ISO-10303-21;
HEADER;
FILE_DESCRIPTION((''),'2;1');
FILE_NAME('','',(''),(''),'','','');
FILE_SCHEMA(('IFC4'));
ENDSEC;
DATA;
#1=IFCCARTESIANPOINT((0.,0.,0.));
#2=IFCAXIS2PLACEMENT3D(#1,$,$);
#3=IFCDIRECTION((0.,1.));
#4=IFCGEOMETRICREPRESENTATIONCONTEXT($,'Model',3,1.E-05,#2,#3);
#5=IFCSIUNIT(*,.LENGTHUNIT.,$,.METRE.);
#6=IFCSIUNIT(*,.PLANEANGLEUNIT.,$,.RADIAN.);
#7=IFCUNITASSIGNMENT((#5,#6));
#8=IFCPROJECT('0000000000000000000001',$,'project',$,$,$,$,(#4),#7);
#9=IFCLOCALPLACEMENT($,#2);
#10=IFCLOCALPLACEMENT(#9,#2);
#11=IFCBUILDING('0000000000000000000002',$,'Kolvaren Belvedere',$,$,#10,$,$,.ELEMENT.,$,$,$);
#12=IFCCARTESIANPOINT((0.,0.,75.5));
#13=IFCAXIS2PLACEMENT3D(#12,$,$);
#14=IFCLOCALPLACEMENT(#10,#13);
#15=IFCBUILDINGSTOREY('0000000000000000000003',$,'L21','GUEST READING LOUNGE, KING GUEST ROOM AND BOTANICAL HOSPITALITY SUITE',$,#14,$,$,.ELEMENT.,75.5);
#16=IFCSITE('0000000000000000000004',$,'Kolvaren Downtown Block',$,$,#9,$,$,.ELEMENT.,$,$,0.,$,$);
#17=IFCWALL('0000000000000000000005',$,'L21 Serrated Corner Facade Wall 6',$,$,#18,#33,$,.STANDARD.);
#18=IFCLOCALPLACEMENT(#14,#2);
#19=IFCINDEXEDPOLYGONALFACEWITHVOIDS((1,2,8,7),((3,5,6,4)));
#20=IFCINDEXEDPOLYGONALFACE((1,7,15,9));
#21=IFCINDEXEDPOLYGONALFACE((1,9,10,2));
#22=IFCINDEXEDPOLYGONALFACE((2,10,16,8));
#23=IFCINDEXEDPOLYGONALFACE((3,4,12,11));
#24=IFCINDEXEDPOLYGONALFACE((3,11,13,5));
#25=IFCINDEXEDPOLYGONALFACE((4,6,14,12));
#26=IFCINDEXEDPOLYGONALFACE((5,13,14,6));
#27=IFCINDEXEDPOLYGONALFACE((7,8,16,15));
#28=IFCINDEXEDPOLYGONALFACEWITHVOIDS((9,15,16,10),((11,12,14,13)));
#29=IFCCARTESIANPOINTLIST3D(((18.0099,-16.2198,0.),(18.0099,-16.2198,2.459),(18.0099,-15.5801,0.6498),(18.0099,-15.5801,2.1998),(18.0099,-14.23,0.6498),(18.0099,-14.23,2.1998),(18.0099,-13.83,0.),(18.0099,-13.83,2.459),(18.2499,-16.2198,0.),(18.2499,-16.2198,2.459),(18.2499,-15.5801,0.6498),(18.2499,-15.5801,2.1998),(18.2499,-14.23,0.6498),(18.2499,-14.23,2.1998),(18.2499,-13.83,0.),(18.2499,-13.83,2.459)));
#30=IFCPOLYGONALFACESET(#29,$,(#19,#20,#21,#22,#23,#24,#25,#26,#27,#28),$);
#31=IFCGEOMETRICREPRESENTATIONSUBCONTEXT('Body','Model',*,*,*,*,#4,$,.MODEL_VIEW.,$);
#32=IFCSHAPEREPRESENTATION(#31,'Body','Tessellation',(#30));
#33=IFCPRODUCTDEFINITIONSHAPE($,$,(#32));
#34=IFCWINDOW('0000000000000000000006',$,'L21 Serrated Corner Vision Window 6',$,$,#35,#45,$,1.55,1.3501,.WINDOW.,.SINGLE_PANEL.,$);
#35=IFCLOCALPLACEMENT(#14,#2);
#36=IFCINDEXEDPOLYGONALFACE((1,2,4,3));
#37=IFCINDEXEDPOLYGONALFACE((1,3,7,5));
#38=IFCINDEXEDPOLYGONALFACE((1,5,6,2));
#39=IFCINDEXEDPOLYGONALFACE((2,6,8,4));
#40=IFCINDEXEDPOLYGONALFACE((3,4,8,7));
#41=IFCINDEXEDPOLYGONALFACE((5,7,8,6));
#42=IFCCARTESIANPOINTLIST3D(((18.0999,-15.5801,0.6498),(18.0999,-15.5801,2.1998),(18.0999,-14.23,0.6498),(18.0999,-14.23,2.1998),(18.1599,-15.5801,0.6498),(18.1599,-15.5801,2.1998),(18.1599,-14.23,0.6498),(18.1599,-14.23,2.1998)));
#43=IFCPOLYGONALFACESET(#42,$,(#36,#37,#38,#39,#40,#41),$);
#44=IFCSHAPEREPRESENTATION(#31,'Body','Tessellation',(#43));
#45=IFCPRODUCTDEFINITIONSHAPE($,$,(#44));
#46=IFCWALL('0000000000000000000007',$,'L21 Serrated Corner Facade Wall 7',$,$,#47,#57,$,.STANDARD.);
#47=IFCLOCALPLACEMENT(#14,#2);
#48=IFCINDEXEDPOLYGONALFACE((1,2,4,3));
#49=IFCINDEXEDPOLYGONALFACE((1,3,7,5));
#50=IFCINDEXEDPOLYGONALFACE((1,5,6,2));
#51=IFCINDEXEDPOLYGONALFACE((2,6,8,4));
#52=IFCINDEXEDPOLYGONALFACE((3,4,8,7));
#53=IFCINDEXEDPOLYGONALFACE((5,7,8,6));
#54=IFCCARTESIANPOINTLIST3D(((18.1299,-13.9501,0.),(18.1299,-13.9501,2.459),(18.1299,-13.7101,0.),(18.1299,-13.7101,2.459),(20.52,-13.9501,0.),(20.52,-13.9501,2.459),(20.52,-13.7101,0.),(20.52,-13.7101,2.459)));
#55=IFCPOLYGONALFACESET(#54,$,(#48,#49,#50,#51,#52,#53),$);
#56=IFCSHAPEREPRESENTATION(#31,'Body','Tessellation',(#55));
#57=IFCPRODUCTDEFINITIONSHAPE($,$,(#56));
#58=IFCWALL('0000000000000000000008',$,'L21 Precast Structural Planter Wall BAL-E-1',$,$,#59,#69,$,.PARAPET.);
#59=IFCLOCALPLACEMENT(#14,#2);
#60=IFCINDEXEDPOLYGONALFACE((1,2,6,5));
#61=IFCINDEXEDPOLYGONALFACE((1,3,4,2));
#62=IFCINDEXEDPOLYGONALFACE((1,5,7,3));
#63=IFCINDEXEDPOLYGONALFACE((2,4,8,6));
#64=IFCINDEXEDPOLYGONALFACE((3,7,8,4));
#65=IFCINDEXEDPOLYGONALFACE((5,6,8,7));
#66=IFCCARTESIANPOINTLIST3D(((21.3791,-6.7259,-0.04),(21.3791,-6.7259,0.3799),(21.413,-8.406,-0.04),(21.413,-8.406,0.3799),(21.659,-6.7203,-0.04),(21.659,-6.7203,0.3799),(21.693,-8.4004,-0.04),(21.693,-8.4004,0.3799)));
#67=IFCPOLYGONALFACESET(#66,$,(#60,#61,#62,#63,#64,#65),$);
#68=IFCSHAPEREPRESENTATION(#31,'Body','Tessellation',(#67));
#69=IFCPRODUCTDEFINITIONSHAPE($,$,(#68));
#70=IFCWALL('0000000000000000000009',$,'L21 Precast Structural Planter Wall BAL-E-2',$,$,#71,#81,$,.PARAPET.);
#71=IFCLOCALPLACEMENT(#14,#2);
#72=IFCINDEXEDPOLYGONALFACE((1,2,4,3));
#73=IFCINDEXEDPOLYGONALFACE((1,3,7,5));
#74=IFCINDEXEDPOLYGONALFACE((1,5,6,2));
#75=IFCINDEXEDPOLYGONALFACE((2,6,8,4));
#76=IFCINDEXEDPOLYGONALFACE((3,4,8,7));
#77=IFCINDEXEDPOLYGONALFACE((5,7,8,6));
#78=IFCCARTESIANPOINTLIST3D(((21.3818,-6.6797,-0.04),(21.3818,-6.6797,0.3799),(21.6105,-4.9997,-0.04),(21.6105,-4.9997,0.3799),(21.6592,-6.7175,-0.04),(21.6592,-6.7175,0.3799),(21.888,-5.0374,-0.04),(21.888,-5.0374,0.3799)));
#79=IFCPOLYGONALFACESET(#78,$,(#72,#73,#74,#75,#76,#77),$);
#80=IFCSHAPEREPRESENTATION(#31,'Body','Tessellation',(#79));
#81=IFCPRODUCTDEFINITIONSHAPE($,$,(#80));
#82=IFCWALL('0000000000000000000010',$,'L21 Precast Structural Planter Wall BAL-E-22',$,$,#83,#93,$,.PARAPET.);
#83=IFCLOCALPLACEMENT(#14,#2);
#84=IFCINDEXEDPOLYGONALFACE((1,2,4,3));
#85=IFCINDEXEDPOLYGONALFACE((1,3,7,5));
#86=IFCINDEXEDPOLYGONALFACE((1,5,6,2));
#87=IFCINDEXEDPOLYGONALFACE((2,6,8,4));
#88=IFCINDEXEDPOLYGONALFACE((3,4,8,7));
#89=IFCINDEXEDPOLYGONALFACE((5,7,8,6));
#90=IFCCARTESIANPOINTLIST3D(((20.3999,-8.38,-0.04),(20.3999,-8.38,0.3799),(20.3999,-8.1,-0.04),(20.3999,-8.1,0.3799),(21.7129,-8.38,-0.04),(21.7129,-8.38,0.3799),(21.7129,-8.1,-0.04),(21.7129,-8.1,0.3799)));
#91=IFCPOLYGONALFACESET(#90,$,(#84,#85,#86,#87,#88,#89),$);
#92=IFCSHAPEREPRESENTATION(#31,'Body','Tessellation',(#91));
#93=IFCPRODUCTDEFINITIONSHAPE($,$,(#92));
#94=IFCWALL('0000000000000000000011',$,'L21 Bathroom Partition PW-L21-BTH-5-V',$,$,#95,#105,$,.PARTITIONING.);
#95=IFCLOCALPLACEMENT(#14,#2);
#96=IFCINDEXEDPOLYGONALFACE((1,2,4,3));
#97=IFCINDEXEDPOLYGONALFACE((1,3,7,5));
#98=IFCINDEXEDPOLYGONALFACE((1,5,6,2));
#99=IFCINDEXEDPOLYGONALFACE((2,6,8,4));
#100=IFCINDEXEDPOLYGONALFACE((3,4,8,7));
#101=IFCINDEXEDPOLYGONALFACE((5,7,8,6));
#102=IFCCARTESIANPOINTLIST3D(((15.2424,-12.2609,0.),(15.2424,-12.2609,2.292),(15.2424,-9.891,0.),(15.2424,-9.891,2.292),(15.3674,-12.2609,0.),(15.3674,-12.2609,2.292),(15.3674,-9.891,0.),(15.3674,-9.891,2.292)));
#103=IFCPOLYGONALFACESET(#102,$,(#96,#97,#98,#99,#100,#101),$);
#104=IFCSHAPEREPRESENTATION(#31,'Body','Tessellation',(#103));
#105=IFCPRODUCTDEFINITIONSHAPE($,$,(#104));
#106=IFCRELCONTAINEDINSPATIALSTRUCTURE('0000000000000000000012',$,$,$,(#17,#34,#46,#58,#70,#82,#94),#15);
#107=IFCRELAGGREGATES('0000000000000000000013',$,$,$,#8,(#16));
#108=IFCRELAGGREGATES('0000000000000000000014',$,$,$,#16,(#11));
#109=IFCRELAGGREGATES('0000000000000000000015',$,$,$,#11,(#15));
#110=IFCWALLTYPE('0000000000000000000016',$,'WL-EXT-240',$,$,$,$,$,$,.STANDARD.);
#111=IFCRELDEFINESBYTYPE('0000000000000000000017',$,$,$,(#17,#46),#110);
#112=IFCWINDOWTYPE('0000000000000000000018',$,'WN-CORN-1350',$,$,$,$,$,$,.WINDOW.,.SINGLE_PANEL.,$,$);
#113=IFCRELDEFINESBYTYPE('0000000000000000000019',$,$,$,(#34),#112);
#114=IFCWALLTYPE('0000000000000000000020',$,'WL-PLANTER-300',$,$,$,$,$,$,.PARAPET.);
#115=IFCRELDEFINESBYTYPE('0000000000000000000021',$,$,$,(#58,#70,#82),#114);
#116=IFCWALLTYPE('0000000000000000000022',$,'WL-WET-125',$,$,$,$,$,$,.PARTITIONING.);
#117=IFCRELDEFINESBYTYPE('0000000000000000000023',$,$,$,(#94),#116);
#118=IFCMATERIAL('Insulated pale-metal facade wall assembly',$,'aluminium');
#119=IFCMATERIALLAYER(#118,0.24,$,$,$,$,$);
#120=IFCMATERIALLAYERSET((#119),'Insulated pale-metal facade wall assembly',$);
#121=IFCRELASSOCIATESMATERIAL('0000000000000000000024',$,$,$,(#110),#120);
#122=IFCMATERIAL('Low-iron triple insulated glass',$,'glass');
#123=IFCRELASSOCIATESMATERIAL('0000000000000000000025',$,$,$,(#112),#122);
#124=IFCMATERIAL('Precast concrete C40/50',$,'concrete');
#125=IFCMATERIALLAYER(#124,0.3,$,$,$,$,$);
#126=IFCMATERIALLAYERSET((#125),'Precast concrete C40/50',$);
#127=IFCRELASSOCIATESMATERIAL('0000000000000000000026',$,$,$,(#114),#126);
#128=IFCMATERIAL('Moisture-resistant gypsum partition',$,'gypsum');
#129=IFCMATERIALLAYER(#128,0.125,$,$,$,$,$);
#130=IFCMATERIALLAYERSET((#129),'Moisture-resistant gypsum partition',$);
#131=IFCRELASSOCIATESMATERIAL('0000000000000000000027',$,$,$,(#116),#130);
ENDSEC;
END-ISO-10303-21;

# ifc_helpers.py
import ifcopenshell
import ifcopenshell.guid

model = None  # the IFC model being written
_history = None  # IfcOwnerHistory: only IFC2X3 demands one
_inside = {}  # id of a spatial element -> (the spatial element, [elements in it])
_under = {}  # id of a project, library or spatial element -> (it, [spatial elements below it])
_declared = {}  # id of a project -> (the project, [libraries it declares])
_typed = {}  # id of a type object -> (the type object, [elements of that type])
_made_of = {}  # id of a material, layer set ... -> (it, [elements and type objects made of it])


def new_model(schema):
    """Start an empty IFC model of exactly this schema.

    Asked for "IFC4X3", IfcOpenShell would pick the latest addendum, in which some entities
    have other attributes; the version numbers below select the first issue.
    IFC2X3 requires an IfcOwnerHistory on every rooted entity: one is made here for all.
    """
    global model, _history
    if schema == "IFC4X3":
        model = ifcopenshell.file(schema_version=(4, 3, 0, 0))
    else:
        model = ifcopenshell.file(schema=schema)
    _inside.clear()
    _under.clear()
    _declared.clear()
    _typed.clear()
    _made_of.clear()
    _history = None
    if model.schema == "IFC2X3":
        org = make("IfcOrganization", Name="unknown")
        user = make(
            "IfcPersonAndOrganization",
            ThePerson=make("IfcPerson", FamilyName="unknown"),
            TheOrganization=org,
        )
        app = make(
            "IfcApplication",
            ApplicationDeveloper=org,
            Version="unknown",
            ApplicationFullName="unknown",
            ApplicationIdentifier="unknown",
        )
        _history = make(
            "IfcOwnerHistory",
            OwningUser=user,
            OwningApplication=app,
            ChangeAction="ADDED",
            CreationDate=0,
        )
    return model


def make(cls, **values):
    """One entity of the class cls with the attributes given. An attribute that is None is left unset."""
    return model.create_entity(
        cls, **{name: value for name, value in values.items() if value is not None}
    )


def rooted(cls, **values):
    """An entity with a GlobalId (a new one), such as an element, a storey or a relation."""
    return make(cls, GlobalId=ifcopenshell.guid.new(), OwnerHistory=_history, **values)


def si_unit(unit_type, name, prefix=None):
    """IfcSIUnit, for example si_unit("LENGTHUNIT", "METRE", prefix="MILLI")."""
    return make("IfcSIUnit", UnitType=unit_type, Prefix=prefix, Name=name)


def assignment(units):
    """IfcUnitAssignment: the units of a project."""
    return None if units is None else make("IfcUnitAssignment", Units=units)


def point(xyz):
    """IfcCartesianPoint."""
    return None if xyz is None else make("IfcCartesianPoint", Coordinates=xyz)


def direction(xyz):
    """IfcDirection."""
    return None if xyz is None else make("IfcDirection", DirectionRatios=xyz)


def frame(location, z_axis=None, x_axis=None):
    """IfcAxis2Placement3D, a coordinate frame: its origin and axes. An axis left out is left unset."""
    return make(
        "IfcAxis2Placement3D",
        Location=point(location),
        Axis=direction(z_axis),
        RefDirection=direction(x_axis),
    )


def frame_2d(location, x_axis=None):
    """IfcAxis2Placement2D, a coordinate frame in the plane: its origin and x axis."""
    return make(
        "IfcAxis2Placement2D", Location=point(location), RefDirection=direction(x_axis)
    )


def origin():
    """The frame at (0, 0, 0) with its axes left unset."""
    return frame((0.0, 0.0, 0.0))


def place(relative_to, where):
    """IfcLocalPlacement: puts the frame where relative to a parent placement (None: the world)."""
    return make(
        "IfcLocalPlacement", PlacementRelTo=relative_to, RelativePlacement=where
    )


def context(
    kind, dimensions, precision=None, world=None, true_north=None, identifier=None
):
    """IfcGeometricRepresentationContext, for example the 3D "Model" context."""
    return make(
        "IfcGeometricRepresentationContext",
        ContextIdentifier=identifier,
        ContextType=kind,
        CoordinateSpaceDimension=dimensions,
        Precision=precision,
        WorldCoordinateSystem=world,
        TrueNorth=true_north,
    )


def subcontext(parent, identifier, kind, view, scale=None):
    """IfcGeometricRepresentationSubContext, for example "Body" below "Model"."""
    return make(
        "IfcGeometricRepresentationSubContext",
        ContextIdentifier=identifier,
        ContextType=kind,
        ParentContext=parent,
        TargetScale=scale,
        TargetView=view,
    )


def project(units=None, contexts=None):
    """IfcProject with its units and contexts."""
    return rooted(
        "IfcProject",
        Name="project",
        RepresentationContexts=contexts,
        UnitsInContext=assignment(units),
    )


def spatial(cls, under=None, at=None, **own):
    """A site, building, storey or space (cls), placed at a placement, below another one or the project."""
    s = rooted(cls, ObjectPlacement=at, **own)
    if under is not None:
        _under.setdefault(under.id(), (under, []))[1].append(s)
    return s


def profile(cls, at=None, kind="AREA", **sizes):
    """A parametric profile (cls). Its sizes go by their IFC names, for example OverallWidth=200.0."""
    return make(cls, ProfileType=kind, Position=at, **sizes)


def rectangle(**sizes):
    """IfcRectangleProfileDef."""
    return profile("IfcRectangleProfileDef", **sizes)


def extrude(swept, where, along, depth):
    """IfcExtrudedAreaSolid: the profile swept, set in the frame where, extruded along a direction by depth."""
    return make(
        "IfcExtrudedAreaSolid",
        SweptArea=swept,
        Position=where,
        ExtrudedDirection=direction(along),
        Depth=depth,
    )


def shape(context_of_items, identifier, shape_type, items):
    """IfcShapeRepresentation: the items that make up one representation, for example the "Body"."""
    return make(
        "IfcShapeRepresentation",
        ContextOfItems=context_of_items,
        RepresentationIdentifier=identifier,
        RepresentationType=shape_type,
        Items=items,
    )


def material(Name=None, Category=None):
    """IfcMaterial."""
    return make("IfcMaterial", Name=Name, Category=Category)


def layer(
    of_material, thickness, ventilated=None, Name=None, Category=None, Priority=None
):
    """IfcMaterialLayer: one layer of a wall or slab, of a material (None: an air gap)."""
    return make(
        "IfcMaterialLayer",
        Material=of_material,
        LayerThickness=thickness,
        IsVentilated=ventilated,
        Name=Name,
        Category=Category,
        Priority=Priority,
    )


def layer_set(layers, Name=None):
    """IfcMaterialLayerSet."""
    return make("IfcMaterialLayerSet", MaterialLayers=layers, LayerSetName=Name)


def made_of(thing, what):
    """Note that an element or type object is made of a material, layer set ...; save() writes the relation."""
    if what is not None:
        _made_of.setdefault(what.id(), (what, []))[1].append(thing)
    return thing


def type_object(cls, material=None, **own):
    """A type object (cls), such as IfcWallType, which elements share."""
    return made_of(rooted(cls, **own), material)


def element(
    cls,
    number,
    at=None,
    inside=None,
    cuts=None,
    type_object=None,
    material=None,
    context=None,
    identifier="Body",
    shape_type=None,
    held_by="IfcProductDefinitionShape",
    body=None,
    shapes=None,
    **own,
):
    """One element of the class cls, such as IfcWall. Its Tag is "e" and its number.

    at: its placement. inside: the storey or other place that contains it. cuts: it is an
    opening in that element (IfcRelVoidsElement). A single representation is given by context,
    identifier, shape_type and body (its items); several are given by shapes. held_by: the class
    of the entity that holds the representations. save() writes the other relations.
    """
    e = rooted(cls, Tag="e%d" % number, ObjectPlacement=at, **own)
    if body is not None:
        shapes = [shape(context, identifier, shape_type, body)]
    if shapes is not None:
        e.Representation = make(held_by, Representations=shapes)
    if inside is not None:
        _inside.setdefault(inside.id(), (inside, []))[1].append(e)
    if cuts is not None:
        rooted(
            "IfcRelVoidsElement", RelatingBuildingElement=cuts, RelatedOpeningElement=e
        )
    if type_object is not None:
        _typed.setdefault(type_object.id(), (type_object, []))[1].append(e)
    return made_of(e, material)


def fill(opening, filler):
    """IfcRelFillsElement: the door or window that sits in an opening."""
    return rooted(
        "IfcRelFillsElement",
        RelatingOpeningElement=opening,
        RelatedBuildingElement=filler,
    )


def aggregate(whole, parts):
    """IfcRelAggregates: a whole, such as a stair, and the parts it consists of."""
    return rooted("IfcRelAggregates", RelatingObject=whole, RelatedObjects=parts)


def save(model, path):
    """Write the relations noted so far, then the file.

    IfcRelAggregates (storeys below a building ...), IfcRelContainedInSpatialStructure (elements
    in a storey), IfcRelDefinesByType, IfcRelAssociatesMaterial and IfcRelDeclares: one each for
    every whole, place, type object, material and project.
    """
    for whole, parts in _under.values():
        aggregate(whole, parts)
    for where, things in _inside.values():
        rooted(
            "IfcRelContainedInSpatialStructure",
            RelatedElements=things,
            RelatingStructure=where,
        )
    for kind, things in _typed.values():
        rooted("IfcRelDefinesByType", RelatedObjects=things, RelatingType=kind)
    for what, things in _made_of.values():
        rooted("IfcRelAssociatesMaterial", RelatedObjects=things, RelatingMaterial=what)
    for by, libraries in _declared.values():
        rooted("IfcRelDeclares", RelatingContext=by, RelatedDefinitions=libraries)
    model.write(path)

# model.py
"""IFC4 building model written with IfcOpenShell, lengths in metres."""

from ifc_helpers import new_model, si_unit, direction, frame, frame_2d, origin, place, context, subcontext, project, spatial, rectangle, extrude, material, layer, layer_set, type_object, element, fill, save


model = new_model("IFC4")

# Units and contexts
model_context = context("Model", 3, precision=1e-05, world=origin(), true_north=direction((0.0, 1.0)))
body_context = subcontext(model_context, "Body", "Model", "MODEL_VIEW")
ifc_project = project(units=[si_unit("LENGTHUNIT", "METRE"), si_unit("PLANEANGLEUNIT", "RADIAN")], contexts=[model_context])

# Site, building, storey
site_placement = place(None, origin())
site = spatial("IfcSite", under=ifc_project, at=site_placement, Name="Kolvaren Downtown Block", CompositionType="ELEMENT", RefElevation=0.0)
building_placement = place(site_placement, origin())
building = spatial("IfcBuilding", under=site, at=building_placement, Name="Kolvaren Belvedere", CompositionType="ELEMENT")
storey_placement = place(building_placement, frame((0.0, 0.0, 75.5)))
storey = spatial("IfcBuildingStorey", under=building, at=storey_placement, Name="L21", Description="GUEST READING LOUNGE, KING GUEST ROOM AND BOTANICAL HOSPITALITY SUITE", CompositionType="ELEMENT", Elevation=75.5)

# Shared definitions
ifc_material_1 = material(Name="Insulated pale-metal facade wall assembly", Category="aluminium")
ifc_layer_1 = layer(ifc_material_1, 0.24)
ifc_layer_set_1 = layer_set([ifc_layer_1], Name="Insulated pale-metal facade wall assembly")
wall_type_1 = type_object("IfcWallType", Name="WL-EXT-240", PredefinedType="STANDARD", material=ifc_layer_set_1)

# Wall, opening, window
ifc_material_2 = material(Name="Low-iron triple insulated glass", Category="glass")
window_type_1 = type_object("IfcWindowType", Name="WN-CORN-1350", PartitioningType="SINGLE_PANEL", PredefinedType="WINDOW", material=ifc_material_2)
wall_1_placement = place(storey_placement, frame((18.1299, -13.8301, 0.0), z_axis=(0.0, 0.0, 1.0), x_axis=(0.0, -1.0, 0.0)))
wall_1 = element("IfcWall", 1, at=wall_1_placement, inside=storey, type_object=wall_type_1, Name="L21 Serrated Corner Facade Wall 6", PredefinedType="STANDARD", context=body_context, shape_type="SweptSolid", body=[
    extrude(rectangle(XDim=2.3899, YDim=0.24, at=frame_2d((1.1948, 0.0))), origin(), (0.0, 0.0, 1.0), 2.459),
])
opening_1_placement = place(wall_1_placement, frame((0.3999, 0.0, 0.6499)))
opening_1 = element("IfcOpeningElement", 2, at=opening_1_placement, cuts=wall_1, PredefinedType="OPENING", context=body_context, shape_type="SweptSolid", body=[
    extrude(rectangle(XDim=1.3501, YDim=1.55, at=frame_2d((0.675, 0.7749))), frame((0.0, 0.1299, 0.0), z_axis=(0.0, -1.0, 0.0), x_axis=(1.0, 0.0, 0.0)), (0.0, 0.0, 1.0), 0.26),
])
window_1_placement = place(opening_1_placement, origin())
window_1 = element("IfcWindow", 3, at=window_1_placement, inside=storey, type_object=window_type_1, Name="L21 Serrated Corner Vision Window 6", OverallHeight=1.55, OverallWidth=1.3501, PartitioningType="SINGLE_PANEL", PredefinedType="WINDOW", context=body_context, shape_type="SweptSolid", body=[
    extrude(rectangle(XDim=1.3501, YDim=1.55, at=frame_2d((0.675, 0.7749))), frame((0.0, 0.03, 0.0), z_axis=(0.0, -1.0, 0.0), x_axis=(1.0, 0.0, 0.0)), (0.0, 0.0, 1.0), 0.0601),
])
fill(opening_1, window_1)

# Walls
wall_2_placement = place(storey_placement, frame((20.52, -13.8301, 0.0), z_axis=(0.0, 0.0, 1.0), x_axis=(-1.0, 0.0, 0.0)))
element("IfcWall", 4, at=wall_2_placement, inside=storey, type_object=wall_type_1, Name="L21 Serrated Corner Facade Wall 7", PredefinedType="STANDARD", context=body_context, shape_type="SweptSolid", body=[
    extrude(rectangle(XDim=2.3901, YDim=0.24, at=frame_2d((1.1951, 0.0))), origin(), (0.0, 0.0, 1.0), 2.459),
])
ifc_material_3 = material(Name="Precast concrete C40/50", Category="concrete")
ifc_layer_2 = layer(ifc_material_3, 0.3)
ifc_layer_set_2 = layer_set([ifc_layer_2], Name="Precast concrete C40/50")
wall_type_2 = type_object("IfcWallType", Name="WL-PLANTER-300", PredefinedType="PARAPET", material=ifc_layer_set_2)
wall_3_placement = place(storey_placement, frame((21.553, -8.4033, -0.04), z_axis=(0.0, 0.0, 1.0), x_axis=(-0.020193, 0.999796, 0.0)))
element("IfcWall", 5, at=wall_3_placement, inside=storey, type_object=wall_type_2, Name="L21 Precast Structural Planter Wall BAL-E-1", PredefinedType="PARAPET", context=body_context, shape_type="SweptSolid", body=[
    extrude(rectangle(XDim=1.6804, YDim=0.28, at=frame_2d((0.8403, 0.0))), origin(), (0.0, 0.0, 1.0), 0.4199),
])
wall_4_placement = place(storey_placement, frame((21.5205, -6.6985, -0.04), z_axis=(0.0, 0.0, 1.0), x_axis=(0.134908, 0.990858, 0.0)))
element("IfcWall", 6, at=wall_4_placement, inside=storey, type_object=wall_type_2, Name="L21 Precast Structural Planter Wall BAL-E-2", PredefinedType="PARAPET", context=body_context, shape_type="SweptSolid", body=[
    extrude(rectangle(XDim=1.6956, YDim=0.28, at=frame_2d((0.8477, 0.0))), origin(), (0.0, 0.0, 1.0), 0.4199),
])
wall_5_placement = place(storey_placement, frame((20.3999, -8.24, -0.04), z_axis=(0.0, 0.0, 1.0), x_axis=(1.0, 0.0, 0.0)))
element("IfcWall", 7, at=wall_5_placement, inside=storey, type_object=wall_type_2, Name="L21 Precast Structural Planter Wall BAL-E-22", PredefinedType="PARAPET", context=body_context, shape_type="SweptSolid", body=[
    extrude(rectangle(XDim=1.313, YDim=0.28, at=frame_2d((0.6565, 0.0))), origin(), (0.0, 0.0, 1.0), 0.4199),
])
ifc_material_4 = material(Name="Moisture-resistant gypsum partition", Category="gypsum")
ifc_layer_3 = layer(ifc_material_4, 0.125)
ifc_layer_set_3 = layer_set([ifc_layer_3], Name="Moisture-resistant gypsum partition")
wall_type_3 = type_object("IfcWallType", Name="WL-WET-125", PredefinedType="PARTITIONING", material=ifc_layer_set_3)
wall_6_placement = place(storey_placement, frame((15.3049, -12.261, 0.0), z_axis=(0.0, 0.0, 1.0), x_axis=(0.0, 1.0, 0.0)))
element("IfcWall", 8, at=wall_6_placement, inside=storey, type_object=wall_type_3, Name="L21 Bathroom Partition PW-L21-BTH-5-V", PredefinedType="PARTITIONING", context=body_context, shape_type="SweptSolid", body=[
    extrude(rectangle(XDim=2.3699, YDim=0.125, at=frame_2d((1.1851, 0.0))), origin(), (0.0, 0.0, 1.0), 2.292),
])

save(model, "model.ifc")
